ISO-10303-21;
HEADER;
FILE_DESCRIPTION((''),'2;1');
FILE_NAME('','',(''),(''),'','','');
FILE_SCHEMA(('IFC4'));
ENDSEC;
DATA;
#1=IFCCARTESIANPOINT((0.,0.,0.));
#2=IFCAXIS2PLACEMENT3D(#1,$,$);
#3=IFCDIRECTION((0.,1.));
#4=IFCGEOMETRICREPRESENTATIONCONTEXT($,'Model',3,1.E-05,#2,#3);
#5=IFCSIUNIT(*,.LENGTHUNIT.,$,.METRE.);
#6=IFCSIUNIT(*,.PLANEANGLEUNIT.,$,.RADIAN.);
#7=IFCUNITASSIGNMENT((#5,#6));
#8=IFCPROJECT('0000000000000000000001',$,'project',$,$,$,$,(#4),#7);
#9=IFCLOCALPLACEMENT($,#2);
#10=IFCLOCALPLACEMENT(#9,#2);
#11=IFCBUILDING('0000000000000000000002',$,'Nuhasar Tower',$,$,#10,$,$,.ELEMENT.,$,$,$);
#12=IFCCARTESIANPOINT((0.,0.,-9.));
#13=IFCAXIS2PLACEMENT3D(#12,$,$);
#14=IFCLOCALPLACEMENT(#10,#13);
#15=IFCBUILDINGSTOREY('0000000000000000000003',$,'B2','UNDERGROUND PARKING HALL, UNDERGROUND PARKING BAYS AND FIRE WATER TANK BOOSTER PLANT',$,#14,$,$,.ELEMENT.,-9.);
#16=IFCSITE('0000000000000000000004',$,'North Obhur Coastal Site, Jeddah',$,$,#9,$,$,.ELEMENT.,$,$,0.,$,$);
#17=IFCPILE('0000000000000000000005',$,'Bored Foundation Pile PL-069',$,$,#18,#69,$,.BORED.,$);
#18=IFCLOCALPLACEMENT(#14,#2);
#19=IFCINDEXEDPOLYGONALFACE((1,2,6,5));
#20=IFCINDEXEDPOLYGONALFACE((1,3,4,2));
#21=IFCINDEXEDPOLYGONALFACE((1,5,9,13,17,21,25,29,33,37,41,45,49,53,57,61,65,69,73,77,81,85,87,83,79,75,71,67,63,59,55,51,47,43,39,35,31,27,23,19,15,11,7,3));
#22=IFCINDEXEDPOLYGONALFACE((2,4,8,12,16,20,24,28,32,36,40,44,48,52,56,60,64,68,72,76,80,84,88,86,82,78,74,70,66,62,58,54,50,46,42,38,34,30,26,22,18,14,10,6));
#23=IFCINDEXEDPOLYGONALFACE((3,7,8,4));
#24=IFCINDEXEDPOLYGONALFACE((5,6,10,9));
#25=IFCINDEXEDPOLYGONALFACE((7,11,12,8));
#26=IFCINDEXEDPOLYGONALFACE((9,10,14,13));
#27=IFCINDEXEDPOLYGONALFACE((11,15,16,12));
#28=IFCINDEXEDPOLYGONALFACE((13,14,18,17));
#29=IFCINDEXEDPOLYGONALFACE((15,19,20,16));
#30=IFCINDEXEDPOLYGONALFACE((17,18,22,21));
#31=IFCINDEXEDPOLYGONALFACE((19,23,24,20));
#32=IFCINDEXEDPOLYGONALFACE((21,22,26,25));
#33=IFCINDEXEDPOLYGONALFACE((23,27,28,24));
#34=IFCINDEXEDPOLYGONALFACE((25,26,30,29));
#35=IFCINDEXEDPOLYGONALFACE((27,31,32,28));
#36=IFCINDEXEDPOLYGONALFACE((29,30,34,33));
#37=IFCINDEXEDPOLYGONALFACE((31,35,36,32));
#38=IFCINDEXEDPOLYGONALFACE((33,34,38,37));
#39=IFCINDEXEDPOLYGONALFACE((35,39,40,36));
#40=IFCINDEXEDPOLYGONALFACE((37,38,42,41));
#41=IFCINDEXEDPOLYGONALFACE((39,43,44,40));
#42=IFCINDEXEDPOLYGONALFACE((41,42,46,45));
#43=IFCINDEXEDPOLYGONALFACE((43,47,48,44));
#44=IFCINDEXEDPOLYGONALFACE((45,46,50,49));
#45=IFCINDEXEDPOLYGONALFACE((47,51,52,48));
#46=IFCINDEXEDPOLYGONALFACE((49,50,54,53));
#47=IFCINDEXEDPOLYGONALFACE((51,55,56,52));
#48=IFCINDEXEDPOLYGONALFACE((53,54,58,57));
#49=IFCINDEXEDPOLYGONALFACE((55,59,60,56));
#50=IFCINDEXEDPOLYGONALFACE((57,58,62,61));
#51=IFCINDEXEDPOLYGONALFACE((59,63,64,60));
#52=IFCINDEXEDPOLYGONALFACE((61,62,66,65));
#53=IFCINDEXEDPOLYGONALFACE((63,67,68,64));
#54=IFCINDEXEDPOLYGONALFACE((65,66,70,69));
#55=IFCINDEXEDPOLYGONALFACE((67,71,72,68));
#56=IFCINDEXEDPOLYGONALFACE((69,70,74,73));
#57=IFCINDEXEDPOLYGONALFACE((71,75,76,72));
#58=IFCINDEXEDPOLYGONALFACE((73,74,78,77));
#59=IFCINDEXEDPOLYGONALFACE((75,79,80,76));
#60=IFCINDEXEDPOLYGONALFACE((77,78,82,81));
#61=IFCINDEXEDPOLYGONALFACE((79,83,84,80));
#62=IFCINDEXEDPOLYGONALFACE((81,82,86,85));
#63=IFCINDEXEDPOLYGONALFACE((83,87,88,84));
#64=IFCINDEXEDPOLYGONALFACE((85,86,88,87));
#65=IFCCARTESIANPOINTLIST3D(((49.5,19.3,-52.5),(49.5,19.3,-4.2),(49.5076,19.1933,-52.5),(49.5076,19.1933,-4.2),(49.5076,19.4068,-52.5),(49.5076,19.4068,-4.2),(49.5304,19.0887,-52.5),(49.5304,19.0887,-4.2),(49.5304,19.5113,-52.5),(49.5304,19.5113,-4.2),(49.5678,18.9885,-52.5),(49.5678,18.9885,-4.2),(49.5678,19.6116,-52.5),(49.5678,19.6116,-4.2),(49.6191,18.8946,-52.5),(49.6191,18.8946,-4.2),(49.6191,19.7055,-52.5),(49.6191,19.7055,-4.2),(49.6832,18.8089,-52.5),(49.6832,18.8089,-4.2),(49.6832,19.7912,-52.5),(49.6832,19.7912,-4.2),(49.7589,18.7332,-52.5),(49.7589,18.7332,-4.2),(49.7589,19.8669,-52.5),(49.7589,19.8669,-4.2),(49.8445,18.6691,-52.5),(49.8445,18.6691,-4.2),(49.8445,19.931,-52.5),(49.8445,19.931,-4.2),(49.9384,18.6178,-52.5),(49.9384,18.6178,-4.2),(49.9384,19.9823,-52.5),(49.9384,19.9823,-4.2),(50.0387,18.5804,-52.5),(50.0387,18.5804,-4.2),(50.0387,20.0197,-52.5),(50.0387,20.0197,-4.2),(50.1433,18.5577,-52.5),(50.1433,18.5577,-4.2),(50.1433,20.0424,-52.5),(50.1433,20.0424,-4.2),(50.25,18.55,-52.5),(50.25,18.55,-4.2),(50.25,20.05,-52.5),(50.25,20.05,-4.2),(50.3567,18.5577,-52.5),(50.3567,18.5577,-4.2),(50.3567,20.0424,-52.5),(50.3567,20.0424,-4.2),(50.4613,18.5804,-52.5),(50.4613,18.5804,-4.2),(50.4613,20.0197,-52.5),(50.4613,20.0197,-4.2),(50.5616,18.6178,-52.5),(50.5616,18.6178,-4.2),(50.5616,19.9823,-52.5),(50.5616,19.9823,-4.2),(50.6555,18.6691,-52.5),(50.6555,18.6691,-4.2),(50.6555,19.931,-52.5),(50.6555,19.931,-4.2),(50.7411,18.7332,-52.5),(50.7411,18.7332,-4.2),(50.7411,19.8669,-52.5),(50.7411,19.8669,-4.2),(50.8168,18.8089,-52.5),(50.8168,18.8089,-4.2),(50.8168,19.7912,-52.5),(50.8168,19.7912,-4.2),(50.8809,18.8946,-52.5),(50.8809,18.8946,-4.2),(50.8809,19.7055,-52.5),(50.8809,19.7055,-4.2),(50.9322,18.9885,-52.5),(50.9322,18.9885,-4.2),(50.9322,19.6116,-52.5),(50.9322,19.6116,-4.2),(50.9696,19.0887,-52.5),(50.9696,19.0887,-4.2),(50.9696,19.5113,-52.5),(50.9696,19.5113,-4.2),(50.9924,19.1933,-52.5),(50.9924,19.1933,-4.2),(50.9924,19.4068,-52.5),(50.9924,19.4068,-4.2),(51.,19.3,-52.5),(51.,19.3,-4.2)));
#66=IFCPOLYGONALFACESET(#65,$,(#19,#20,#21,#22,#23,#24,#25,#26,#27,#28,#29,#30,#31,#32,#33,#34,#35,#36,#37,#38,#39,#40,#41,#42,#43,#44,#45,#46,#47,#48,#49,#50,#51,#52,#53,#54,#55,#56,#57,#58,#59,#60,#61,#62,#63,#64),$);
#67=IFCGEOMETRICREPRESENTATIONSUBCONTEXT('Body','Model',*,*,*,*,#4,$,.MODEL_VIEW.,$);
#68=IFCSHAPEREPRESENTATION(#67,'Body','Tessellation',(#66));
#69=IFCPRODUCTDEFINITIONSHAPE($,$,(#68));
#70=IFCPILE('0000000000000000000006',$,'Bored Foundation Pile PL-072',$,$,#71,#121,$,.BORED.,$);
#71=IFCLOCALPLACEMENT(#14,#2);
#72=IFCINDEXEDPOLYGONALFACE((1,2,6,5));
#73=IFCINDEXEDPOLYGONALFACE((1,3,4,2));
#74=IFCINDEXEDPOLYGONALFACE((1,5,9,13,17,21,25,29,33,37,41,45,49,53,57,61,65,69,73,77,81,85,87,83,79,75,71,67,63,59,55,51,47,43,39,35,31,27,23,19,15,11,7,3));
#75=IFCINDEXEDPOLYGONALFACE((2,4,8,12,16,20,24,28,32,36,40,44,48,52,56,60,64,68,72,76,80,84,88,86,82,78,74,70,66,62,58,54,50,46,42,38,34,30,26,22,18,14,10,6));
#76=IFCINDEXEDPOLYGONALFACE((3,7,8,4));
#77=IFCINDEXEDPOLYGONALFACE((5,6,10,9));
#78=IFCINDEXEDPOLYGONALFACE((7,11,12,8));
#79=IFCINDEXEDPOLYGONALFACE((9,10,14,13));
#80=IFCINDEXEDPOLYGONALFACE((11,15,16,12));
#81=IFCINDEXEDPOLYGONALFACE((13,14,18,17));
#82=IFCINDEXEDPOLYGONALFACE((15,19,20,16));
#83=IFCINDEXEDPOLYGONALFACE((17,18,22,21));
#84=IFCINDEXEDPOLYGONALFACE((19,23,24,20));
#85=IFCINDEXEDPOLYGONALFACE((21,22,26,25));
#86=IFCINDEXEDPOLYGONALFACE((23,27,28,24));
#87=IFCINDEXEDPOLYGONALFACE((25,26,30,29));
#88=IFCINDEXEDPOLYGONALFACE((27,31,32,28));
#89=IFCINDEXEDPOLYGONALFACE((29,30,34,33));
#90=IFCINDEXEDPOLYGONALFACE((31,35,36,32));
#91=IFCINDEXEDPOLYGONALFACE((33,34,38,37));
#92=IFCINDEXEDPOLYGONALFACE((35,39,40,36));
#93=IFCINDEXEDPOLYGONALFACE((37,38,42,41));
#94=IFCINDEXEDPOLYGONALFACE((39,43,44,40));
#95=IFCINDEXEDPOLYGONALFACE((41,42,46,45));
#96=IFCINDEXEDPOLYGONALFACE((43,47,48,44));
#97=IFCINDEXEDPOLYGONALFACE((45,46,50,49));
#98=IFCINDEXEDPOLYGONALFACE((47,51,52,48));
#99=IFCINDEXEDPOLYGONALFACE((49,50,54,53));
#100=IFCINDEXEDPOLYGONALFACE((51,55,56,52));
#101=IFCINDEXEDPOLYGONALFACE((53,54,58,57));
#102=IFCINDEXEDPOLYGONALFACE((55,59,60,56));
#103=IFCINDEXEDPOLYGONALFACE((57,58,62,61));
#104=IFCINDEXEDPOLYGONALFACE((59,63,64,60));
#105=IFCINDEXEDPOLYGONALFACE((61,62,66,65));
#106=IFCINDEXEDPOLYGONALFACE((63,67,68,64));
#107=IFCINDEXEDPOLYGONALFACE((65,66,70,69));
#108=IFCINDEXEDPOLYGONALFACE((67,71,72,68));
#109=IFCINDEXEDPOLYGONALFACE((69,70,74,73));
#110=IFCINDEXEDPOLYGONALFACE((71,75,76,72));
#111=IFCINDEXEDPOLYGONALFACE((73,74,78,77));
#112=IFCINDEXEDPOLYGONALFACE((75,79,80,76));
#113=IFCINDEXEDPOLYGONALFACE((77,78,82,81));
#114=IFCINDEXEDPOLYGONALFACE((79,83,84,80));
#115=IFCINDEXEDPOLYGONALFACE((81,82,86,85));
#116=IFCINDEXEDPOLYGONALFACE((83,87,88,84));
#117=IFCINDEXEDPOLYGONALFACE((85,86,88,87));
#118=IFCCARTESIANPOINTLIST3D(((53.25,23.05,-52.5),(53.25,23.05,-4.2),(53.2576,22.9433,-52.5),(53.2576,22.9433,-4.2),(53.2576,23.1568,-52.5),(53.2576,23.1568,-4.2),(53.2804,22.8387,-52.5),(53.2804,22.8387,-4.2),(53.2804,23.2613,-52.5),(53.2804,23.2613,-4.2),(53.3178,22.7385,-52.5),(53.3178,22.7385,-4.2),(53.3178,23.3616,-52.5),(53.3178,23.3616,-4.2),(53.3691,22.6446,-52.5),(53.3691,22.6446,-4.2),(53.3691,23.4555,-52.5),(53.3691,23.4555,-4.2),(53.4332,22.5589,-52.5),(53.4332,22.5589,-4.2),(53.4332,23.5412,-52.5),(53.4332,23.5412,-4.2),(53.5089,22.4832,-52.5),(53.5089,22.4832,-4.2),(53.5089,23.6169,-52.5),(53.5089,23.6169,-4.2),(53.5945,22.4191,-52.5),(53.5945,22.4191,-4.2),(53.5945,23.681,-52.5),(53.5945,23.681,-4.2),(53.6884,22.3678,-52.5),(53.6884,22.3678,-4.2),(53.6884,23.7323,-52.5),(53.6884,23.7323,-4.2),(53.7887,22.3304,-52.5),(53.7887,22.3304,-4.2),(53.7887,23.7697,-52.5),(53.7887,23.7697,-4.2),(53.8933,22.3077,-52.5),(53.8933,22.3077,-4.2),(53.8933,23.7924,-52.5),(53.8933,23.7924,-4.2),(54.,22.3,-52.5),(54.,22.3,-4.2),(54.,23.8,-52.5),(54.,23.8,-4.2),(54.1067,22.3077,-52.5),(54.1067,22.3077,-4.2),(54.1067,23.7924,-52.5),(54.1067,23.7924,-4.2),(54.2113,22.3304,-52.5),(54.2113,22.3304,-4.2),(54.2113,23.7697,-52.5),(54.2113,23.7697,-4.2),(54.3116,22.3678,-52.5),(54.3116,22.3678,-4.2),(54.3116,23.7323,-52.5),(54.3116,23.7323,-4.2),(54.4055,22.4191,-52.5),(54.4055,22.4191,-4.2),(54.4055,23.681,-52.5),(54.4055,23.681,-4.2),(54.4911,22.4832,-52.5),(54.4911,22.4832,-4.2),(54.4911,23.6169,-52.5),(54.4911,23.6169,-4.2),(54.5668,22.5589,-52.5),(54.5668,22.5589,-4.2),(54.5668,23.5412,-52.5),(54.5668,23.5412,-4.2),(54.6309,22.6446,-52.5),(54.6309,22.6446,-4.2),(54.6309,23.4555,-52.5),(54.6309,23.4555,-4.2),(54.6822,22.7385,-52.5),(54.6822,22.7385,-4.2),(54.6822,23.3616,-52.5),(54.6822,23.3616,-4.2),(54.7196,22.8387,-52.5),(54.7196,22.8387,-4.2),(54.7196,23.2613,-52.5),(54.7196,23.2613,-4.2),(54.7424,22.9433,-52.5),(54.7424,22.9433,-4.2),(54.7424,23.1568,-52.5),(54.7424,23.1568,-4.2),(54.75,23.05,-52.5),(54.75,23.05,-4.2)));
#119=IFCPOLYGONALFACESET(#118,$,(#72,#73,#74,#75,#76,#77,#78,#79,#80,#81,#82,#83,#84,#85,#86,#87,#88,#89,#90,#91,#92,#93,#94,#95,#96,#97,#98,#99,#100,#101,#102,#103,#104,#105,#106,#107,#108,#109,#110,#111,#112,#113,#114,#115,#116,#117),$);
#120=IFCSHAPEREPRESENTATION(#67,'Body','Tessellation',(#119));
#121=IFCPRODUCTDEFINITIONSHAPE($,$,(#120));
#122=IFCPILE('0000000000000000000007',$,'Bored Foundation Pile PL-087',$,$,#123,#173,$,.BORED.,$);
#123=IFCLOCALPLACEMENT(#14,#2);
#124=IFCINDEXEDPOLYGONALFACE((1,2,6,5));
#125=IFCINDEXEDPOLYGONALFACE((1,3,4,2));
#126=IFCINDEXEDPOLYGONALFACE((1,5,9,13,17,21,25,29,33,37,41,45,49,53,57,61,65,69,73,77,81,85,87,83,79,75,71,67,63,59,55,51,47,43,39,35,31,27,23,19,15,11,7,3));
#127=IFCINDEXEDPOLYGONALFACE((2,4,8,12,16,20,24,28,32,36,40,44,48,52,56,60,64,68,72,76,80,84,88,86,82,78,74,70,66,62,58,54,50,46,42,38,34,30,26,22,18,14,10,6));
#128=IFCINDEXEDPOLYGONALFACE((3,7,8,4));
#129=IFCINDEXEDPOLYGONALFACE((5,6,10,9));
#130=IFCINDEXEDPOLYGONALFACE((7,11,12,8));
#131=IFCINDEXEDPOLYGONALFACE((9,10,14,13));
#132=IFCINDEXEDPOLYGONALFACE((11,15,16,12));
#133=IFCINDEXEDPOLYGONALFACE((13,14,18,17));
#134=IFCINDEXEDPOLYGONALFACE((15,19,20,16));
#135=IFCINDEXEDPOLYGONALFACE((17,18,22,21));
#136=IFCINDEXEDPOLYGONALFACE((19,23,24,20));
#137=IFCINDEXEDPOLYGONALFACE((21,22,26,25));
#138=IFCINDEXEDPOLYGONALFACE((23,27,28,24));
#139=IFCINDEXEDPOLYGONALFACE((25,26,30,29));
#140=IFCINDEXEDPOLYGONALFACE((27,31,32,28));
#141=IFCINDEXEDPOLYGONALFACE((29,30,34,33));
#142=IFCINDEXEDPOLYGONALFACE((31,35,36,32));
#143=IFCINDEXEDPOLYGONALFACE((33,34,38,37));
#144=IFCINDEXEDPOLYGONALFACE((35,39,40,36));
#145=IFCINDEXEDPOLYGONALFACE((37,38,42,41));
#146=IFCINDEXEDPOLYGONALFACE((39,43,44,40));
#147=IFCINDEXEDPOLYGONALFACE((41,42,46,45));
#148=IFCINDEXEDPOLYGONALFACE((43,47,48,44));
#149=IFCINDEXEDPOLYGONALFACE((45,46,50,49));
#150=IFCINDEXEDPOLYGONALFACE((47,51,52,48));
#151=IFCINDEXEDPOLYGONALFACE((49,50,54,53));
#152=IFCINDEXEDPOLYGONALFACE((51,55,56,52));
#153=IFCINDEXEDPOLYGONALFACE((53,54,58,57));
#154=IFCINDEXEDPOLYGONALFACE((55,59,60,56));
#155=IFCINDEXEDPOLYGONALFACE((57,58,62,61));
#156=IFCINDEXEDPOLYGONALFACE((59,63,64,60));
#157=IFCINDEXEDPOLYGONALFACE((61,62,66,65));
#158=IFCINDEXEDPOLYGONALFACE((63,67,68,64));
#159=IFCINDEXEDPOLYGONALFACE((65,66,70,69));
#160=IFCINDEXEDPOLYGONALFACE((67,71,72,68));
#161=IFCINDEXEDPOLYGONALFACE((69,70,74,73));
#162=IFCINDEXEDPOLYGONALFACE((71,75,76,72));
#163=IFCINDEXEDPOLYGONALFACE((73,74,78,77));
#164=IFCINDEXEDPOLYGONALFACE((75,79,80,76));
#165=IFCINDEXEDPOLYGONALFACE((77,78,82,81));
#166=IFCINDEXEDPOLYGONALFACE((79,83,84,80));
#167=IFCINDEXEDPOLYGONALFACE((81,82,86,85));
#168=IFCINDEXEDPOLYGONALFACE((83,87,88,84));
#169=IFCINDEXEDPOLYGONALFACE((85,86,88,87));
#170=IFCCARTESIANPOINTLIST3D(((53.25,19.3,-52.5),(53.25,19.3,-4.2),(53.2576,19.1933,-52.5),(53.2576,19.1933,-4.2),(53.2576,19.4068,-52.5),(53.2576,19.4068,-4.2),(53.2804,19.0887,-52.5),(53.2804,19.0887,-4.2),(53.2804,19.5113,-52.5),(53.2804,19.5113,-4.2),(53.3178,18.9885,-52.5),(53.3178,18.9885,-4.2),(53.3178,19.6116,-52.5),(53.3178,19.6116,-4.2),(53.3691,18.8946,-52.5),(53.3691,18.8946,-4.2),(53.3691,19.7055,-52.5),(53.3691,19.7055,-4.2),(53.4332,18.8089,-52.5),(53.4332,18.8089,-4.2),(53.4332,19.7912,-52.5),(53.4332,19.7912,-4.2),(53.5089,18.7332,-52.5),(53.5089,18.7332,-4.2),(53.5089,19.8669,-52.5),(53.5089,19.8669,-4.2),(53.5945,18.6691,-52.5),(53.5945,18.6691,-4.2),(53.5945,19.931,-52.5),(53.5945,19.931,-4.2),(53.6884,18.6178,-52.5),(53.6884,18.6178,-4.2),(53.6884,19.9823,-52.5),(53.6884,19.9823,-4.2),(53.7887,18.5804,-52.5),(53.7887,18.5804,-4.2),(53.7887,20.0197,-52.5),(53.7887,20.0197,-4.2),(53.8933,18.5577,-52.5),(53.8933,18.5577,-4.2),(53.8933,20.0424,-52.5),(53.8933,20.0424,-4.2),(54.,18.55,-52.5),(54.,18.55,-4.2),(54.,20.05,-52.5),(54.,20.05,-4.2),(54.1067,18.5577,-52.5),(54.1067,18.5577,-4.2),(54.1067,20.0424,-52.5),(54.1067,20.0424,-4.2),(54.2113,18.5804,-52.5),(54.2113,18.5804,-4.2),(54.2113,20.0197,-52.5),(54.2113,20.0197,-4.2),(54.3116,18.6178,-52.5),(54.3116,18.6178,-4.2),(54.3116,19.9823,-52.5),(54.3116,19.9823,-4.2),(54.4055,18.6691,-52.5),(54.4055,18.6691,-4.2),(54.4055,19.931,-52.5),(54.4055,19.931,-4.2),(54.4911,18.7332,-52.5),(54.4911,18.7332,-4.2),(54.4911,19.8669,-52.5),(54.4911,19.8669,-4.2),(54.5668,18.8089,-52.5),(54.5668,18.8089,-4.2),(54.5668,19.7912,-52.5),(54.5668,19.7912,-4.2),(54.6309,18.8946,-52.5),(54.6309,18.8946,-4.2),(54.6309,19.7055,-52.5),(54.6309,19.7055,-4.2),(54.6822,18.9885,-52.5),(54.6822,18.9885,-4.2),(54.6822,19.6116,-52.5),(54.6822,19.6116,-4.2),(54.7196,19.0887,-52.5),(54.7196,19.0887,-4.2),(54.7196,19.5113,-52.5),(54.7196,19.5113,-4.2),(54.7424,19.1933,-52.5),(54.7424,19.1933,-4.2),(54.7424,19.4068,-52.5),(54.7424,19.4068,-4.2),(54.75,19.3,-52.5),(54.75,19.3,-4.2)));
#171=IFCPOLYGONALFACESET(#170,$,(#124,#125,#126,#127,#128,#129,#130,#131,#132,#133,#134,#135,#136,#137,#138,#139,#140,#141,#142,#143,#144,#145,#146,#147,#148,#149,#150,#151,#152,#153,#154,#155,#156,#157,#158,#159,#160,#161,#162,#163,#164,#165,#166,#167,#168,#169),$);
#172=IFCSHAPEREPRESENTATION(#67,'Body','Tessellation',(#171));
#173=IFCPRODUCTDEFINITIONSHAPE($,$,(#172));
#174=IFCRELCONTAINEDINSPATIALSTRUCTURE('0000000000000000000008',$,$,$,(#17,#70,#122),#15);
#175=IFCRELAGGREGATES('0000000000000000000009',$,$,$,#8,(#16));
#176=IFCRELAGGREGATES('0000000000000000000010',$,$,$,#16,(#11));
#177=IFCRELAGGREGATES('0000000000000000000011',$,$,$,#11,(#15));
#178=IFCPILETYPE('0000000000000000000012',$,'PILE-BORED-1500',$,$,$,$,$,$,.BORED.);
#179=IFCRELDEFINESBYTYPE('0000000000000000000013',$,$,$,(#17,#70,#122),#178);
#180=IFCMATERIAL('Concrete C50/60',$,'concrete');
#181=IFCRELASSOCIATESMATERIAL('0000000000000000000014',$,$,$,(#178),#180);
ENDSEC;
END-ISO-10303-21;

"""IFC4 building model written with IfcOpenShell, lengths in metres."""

from ifc_helpers import new_model, si_unit, direction, frame, origin, origin_2d, place, context, subcontext, project, spatial, circle, extrude, material, material_profile, profile_set, type_object, element, save


model = new_model("IFC4")

# Units and contexts
model_context = context("Model", 3, precision=1e-05, world=origin(), true_north=direction((0.0, 1.0)))
body_context = subcontext(model_context, "Body", "Model", "MODEL_VIEW")
ifc_project = project(units=[si_unit("LENGTHUNIT", "METRE"), si_unit("PLANEANGLEUNIT", "RADIAN")], contexts=[model_context])

# Site, building, storey
site_placement = place(None, origin())
site = spatial("IfcSite", under=ifc_project, at=site_placement, Name="North Obhur Coastal Site, Jeddah", CompositionType="ELEMENT", RefElevation=0.0)
building_placement = place(site_placement, origin())
building = spatial("IfcBuilding", under=site, at=building_placement, Name="Nuhasar Tower", CompositionType="ELEMENT")
storey_placement = place(building_placement, frame((0.0, 0.0, -9.0)))
storey = spatial("IfcBuildingStorey", under=building, at=storey_placement, Name="B2", Description="UNDERGROUND PARKING HALL, UNDERGROUND PARKING BAYS AND FIRE WATER TANK BOOSTER PLANT", CompositionType="ELEMENT", Elevation=-9.0)

# Piles
ifc_material_1 = material(Name="Concrete C50/60", Category="concrete")
ifc_material_profile_1 = material_profile(ifc_material_1, circle(Radius=0.75, at=origin_2d()), Name="PILE1500")
ifc_profile_set_1 = profile_set([ifc_material_profile_1], Name="Concrete C50/60")
pile_type = type_object("IfcPileType", Name="PILE-BORED-1500", PredefinedType="BORED", material=ifc_profile_set_1)
for number, where, z_axis, x_axis, name in (
    (1, (50.25, 19.3, -4.2), (0.0, 0.0, -1.0), (1.0, 0.0, 0.0), "Bored Foundation Pile PL-069"),
    (2, (54.0, 23.05, -4.2), (0.0, 0.0, -1.0), (1.0, 0.0, 0.0), "Bored Foundation Pile PL-072"),
    (3, (54.0, 19.3, -4.2), (0.0, 0.0, -1.0), (1.0, 0.0, 0.0), "Bored Foundation Pile PL-087"),
):
    element("IfcPile", number, at=place(storey_placement, frame(where, z_axis=z_axis, x_axis=x_axis)), inside=storey, type_object=pile_type, Name=name, PredefinedType="BORED", context=body_context, shape_type="SweptSolid", body=[
        extrude(circle(Radius=0.75, at=origin_2d()), origin(), (0.0, 0.0, 1.0), 48.3),
    ])

save(model, "model.ifc")
